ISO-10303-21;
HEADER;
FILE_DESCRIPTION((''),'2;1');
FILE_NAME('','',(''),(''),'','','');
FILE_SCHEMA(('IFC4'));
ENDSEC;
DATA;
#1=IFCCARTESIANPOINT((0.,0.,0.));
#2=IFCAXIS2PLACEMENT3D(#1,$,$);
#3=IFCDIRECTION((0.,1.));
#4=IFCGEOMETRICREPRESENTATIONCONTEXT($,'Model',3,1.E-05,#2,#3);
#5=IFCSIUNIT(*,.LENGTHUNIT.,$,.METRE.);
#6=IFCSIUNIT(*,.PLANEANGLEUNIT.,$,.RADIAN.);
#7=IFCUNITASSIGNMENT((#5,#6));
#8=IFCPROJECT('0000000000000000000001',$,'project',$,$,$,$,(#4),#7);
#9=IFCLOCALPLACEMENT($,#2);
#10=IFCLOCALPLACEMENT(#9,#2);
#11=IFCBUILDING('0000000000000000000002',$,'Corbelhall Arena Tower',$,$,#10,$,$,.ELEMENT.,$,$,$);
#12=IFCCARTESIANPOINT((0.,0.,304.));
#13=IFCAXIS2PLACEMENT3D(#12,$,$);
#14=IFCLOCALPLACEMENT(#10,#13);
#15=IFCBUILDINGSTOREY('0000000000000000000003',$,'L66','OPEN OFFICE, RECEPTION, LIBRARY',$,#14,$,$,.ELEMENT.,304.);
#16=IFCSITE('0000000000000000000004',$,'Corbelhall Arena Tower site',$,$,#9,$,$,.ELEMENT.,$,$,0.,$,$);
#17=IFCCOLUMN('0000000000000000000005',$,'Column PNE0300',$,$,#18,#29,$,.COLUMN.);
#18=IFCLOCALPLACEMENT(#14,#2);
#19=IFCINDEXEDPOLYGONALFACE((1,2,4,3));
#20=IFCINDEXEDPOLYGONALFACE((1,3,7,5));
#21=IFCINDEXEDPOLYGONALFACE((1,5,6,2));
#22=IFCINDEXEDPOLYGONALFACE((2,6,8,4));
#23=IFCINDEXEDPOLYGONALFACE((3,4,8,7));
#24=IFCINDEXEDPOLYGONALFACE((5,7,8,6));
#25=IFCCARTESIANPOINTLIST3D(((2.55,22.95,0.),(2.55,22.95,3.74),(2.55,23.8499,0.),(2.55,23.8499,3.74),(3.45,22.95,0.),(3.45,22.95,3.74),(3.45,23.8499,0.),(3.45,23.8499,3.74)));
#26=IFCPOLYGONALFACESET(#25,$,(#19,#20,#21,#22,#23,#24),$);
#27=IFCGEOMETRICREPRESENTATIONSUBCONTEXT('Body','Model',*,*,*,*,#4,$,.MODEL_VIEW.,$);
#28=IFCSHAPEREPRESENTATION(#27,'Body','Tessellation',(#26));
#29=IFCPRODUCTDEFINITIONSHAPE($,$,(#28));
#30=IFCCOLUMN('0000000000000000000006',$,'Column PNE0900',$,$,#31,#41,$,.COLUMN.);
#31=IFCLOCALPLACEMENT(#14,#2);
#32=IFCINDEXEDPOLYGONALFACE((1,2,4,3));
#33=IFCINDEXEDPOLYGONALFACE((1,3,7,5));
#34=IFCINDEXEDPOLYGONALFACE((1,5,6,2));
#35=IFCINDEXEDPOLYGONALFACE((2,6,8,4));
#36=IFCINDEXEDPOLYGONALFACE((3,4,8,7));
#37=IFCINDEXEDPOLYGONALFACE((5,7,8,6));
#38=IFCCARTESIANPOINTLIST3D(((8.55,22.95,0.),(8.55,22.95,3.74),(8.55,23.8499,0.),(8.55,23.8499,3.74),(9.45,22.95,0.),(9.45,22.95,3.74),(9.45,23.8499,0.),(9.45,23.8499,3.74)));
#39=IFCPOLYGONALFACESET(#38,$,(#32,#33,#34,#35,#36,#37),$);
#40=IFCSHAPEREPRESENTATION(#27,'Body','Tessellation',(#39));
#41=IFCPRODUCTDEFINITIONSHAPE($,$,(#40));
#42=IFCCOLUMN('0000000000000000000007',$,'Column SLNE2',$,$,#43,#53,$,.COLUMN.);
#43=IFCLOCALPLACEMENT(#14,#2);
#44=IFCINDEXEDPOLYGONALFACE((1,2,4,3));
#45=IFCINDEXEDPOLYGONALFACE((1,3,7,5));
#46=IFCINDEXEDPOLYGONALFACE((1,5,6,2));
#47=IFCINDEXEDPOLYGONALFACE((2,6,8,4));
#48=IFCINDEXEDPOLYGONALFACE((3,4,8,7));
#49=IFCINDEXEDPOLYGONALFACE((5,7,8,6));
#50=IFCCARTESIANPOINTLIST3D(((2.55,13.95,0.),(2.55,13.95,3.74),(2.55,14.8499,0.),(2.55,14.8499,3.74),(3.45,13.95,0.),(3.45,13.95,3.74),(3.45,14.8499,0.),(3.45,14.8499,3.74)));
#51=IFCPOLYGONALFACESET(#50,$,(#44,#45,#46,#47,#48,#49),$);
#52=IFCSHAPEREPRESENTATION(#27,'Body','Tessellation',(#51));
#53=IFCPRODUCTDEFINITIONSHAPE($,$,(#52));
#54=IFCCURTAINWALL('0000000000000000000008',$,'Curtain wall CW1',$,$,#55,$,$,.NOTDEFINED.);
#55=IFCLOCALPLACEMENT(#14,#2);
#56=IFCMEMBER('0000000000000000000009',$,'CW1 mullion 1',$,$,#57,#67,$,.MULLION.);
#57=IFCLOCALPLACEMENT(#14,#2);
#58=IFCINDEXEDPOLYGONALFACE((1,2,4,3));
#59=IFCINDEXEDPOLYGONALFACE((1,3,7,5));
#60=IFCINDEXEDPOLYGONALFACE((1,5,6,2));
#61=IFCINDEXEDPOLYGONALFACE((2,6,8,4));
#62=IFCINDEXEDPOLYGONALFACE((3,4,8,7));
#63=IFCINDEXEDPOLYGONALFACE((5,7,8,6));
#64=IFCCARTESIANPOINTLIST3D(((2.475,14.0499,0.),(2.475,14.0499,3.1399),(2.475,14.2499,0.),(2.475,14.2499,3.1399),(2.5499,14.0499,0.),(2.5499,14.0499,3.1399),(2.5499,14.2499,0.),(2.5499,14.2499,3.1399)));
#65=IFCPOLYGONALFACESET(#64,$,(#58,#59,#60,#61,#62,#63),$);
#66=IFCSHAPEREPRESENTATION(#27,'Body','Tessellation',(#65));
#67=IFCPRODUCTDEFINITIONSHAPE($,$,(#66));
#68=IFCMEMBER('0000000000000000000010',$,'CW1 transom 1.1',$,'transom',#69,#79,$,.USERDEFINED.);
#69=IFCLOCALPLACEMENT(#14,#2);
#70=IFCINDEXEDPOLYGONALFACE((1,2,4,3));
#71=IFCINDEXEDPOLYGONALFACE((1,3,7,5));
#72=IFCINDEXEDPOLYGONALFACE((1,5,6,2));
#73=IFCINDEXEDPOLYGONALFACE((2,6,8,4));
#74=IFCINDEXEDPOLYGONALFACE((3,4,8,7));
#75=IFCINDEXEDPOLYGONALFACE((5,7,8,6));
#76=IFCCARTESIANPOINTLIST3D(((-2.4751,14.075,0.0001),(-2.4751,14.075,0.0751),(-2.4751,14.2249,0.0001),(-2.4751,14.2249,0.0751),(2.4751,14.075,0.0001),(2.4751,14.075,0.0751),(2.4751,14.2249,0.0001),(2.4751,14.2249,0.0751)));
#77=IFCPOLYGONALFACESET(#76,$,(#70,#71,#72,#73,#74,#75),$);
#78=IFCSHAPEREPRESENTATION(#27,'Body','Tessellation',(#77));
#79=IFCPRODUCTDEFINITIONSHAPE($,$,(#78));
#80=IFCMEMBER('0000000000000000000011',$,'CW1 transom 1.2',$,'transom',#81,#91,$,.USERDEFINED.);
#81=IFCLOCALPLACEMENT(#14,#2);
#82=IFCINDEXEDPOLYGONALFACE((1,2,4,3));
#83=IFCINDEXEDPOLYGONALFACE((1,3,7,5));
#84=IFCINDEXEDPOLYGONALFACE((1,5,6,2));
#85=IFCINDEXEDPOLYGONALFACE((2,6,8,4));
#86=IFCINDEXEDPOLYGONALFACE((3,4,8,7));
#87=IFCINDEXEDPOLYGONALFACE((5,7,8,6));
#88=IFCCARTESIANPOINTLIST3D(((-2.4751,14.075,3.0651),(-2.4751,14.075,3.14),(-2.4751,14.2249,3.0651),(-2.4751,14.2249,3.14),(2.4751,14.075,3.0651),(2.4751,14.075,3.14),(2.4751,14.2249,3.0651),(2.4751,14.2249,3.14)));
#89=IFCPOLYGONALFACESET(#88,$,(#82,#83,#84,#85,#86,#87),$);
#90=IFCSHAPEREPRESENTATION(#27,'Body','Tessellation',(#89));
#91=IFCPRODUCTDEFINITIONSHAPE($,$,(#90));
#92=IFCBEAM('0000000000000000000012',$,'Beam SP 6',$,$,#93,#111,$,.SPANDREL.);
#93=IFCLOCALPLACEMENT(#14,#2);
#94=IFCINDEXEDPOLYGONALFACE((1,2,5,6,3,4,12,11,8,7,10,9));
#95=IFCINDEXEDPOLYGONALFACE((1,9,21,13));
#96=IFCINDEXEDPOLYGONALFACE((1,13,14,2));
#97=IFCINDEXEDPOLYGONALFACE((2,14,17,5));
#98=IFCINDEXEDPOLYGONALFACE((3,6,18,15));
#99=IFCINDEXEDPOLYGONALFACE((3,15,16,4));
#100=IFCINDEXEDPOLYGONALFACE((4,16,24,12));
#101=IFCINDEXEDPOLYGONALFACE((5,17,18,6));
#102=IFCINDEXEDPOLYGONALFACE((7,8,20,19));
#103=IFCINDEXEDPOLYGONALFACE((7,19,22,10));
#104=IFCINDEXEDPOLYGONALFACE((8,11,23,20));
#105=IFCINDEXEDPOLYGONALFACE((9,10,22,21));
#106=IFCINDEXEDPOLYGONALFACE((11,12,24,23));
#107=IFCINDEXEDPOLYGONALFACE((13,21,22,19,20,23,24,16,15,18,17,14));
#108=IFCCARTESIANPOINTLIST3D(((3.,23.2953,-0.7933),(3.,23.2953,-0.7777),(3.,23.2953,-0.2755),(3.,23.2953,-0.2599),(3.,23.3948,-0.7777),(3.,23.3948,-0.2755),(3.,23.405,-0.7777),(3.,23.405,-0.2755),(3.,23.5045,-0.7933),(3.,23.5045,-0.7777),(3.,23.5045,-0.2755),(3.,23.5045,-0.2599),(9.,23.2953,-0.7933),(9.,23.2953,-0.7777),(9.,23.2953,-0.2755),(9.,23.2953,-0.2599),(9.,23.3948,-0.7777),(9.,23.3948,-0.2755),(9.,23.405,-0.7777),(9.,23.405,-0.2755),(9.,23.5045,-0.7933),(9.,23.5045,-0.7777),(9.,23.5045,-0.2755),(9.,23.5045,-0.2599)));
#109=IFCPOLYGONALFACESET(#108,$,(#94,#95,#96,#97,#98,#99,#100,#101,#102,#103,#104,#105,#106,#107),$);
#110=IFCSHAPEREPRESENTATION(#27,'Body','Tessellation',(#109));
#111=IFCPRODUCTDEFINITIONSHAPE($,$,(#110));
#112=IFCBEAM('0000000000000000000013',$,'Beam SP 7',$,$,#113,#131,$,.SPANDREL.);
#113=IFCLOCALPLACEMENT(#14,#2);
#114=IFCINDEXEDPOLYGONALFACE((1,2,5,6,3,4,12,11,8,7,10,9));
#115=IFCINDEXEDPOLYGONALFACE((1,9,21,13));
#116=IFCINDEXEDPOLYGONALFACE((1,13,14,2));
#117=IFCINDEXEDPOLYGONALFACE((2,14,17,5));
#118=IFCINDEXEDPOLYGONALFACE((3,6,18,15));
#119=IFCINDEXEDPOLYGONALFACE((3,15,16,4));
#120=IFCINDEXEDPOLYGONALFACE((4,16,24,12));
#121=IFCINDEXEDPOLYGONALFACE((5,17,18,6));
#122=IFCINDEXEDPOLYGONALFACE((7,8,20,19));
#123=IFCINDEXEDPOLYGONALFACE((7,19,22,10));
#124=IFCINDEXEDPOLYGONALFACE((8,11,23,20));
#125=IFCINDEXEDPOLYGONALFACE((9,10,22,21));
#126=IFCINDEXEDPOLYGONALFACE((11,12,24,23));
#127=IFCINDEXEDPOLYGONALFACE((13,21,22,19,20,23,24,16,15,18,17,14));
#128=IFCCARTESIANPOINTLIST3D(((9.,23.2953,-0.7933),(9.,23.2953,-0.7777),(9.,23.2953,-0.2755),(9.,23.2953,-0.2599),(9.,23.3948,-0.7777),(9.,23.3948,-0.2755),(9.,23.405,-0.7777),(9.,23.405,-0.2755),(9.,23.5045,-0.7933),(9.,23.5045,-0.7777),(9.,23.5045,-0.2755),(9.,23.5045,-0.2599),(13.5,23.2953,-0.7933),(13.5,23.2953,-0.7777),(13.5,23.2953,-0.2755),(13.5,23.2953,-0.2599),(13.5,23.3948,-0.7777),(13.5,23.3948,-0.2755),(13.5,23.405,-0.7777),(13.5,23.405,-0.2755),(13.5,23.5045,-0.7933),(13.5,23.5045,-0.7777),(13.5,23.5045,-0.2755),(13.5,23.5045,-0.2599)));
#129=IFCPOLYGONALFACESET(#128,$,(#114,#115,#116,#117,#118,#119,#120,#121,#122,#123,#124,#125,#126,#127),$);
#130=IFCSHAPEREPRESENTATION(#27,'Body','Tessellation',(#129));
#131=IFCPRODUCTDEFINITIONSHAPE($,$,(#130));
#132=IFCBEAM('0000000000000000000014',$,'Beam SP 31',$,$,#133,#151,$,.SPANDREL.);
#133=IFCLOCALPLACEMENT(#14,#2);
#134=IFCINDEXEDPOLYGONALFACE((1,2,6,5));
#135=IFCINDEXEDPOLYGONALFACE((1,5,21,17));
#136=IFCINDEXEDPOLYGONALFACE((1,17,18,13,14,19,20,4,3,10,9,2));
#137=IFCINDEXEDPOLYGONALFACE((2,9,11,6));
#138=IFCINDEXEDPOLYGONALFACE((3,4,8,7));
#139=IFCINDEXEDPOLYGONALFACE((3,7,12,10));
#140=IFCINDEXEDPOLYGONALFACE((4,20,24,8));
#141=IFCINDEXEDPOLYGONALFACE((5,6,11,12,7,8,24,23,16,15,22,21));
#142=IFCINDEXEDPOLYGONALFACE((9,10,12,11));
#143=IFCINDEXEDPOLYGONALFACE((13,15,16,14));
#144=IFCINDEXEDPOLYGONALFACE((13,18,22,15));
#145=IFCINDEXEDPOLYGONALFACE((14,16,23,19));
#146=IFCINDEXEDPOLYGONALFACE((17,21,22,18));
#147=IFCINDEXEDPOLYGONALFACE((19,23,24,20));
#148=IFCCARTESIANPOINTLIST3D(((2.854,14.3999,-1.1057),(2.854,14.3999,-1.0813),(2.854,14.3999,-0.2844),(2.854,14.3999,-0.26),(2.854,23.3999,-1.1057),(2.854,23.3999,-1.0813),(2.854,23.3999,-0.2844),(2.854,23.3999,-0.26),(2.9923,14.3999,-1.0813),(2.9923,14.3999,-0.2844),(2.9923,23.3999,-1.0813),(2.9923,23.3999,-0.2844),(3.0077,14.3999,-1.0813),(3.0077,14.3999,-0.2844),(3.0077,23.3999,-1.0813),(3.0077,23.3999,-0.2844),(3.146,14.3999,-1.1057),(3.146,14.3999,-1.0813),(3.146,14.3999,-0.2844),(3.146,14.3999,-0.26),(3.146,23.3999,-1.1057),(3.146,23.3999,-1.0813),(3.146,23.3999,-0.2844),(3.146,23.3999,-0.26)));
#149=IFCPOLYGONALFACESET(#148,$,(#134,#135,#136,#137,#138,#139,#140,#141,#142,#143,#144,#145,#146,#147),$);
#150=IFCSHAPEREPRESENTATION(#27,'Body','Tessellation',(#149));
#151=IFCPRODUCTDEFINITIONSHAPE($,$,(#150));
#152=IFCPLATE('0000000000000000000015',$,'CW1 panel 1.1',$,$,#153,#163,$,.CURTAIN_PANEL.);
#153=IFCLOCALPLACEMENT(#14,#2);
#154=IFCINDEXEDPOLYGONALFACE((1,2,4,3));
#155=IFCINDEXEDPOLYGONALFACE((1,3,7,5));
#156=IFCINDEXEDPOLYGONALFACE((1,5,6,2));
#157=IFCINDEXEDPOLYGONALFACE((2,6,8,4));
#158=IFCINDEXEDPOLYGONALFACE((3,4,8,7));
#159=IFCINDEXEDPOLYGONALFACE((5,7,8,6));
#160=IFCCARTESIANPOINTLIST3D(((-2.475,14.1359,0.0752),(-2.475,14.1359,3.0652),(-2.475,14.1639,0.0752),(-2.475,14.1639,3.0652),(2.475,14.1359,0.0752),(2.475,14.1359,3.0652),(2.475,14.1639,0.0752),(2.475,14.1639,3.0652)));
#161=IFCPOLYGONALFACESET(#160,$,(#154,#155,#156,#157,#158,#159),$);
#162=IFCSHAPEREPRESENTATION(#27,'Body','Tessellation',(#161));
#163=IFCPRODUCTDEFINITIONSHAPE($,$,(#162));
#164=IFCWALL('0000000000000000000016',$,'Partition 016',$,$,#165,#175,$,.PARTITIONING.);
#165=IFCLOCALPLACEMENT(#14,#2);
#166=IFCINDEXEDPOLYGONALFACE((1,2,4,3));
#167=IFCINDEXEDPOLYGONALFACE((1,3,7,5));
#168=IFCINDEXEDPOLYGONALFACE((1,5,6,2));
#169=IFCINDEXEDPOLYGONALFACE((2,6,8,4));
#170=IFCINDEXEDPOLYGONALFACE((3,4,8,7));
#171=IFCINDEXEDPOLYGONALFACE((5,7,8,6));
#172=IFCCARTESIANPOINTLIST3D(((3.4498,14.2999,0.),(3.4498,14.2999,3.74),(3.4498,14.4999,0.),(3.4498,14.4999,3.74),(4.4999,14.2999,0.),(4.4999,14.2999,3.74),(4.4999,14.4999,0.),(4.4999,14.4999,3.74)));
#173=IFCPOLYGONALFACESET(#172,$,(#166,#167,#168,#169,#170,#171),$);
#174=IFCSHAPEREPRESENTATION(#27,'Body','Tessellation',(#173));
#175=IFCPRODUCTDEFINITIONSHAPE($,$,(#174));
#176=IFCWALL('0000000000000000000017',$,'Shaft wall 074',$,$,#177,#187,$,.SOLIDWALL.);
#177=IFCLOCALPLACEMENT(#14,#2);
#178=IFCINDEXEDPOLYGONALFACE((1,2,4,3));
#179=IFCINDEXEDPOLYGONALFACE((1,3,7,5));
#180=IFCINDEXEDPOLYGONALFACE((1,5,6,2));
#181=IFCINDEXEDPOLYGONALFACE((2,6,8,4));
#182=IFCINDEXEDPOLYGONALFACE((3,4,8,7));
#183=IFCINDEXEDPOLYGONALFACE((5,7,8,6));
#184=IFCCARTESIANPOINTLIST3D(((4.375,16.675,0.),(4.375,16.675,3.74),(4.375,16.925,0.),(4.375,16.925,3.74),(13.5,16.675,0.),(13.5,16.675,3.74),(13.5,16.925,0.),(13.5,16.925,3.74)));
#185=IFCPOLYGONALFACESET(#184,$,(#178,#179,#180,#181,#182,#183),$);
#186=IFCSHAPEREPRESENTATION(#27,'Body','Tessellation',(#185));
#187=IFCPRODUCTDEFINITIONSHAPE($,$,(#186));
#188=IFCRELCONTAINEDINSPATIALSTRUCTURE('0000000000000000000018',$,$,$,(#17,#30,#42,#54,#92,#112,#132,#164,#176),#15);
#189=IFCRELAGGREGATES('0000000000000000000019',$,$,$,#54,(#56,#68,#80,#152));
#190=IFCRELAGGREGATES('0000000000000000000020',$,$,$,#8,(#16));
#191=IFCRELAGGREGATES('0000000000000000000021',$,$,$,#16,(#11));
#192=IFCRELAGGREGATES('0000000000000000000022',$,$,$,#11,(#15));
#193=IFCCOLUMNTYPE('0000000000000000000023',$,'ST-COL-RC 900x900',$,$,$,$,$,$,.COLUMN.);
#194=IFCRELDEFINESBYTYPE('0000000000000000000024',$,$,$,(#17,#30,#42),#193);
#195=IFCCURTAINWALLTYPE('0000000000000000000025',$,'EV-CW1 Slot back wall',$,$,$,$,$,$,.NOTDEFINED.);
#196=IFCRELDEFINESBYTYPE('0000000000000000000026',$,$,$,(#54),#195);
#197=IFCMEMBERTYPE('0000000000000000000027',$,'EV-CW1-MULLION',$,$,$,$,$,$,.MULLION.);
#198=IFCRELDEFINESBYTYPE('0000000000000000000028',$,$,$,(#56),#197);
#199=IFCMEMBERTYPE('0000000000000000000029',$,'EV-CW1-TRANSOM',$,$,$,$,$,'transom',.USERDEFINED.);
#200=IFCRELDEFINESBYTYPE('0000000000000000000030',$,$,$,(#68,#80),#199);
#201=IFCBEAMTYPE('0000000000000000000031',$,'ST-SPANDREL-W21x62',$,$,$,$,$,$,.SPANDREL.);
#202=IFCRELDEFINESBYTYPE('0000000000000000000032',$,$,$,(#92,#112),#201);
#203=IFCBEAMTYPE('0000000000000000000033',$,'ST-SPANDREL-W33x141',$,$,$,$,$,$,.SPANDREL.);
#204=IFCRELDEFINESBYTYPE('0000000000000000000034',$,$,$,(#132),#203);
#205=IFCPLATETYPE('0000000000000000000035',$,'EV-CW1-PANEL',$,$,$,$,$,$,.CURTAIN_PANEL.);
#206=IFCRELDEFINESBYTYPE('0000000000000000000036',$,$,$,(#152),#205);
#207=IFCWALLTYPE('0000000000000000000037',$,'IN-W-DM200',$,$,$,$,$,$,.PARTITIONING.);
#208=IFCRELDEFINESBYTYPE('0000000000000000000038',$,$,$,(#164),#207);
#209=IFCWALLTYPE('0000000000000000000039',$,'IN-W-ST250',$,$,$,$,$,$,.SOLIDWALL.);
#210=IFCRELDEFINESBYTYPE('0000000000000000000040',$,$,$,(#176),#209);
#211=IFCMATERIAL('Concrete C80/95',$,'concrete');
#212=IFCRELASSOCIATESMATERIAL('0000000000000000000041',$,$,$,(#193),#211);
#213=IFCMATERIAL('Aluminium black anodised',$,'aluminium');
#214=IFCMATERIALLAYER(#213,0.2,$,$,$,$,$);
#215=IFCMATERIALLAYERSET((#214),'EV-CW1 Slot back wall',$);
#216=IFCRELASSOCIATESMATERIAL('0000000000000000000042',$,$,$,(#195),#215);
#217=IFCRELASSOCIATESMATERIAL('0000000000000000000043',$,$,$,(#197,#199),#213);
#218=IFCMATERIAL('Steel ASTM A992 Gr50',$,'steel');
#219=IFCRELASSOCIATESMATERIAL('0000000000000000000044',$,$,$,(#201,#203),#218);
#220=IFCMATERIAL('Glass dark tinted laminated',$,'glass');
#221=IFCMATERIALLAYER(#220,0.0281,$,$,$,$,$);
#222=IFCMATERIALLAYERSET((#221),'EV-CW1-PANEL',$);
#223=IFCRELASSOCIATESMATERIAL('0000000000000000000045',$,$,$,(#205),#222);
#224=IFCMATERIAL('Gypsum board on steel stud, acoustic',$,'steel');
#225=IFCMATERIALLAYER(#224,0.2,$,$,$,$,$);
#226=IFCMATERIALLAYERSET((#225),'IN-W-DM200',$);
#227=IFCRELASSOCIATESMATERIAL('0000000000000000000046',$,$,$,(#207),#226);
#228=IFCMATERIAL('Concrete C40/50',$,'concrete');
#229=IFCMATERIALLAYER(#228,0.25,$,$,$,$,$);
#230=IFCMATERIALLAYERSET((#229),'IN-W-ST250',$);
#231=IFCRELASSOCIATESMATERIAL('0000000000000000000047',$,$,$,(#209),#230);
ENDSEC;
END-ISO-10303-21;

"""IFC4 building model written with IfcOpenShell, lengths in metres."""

from ifc_helpers import new_model, si_unit, direction, frame, frame_2d, origin, origin_2d, place, context, subcontext, project, spatial, rectangle, i_section, extrude, material, layer, layer_set, material_profile, profile_set, type_object, element, aggregate, save


model = new_model("IFC4")

# Units and contexts
model_context = context("Model", 3, precision=1e-05, world=origin(), true_north=direction((0.0, 1.0)))
body_context = subcontext(model_context, "Body", "Model", "MODEL_VIEW")
ifc_project = project(units=[si_unit("LENGTHUNIT", "METRE"), si_unit("PLANEANGLEUNIT", "RADIAN")], contexts=[model_context])

# Site, building, storey
site_placement = place(None, origin())
site = spatial("IfcSite", under=ifc_project, at=site_placement, Name="Corbelhall Arena Tower site", CompositionType="ELEMENT", RefElevation=0.0)
building_placement = place(site_placement, origin())
building = spatial("IfcBuilding", under=site, at=building_placement, Name="Corbelhall Arena Tower", CompositionType="ELEMENT")
storey_placement = place(building_placement, frame((0.0, 0.0, 304.0)))
storey = spatial("IfcBuildingStorey", under=building, at=storey_placement, Name="L66", Description="OPEN OFFICE, RECEPTION, LIBRARY", CompositionType="ELEMENT", Elevation=304.0)

# Columns
ifc_material_1 = material(Name="Concrete C80/95", Category="concrete")
ifc_material_profile_1 = material_profile(ifc_material_1, rectangle(XDim=0.8999, YDim=0.8999, at=origin_2d()))
ifc_profile_set_1 = profile_set([ifc_material_profile_1], Name="Concrete C80/95")
column_type = type_object("IfcColumnType", Name="ST-COL-RC 900x900", PredefinedType="COLUMN", material=ifc_profile_set_1)
for number, where, z_axis, x_axis, name in (
    (1, (3.0, 23.3999, 0.0), (0.0, 0.0, 1.0), (1.0, 0.0, 0.0), "Column PNE0300"),
    (2, (9.0, 23.3999, 0.0), (0.0, 0.0, 1.0), (1.0, 0.0, 0.0), "Column PNE0900"),
    (3, (3.0, 14.3999, 0.0), (0.0, 0.0, 1.0), (1.0, 0.0, 0.0), "Column SLNE2"),
):
    element("IfcColumn", number, at=place(storey_placement, frame(where, z_axis=z_axis, x_axis=x_axis)), inside=storey, type_object=column_type, Name=name, PredefinedType="COLUMN", context=body_context, shape_type="SweptSolid", body=[
        extrude(rectangle(XDim=0.8999, YDim=0.8999, at=origin_2d()), origin(), (0.0, 0.0, 1.0), 3.74),
    ])

# Curtain wall, members
ifc_material_2 = material(Name="Aluminium black anodised", Category="aluminium")
ifc_layer_1 = layer(ifc_material_2, 0.2)
ifc_layer_set_1 = layer_set([ifc_layer_1], Name="EV-CW1 Slot back wall")
curtain_wall_type = type_object("IfcCurtainWallType", Name="EV-CW1 Slot back wall", PredefinedType="NOTDEFINED", material=ifc_layer_set_1)
curtain_wall_placement = place(storey_placement, origin())
curtain_wall = element("IfcCurtainWall", 4, at=curtain_wall_placement, inside=storey, type_object=curtain_wall_type, Name="Curtain wall CW1", PredefinedType="NOTDEFINED")
ifc_material_profile_2 = material_profile(ifc_material_2, rectangle(XDim=0.2, YDim=0.075, at=origin_2d()))
ifc_profile_set_2 = profile_set([ifc_material_profile_2], Name="Aluminium black anodised")
member_type_1 = type_object("IfcMemberType", Name="EV-CW1-MULLION", PredefinedType="MULLION", material=ifc_profile_set_2)
member_1_placement = place(storey_placement, frame((2.5125, 14.1499, 0.0), z_axis=(0.0, 0.0, 1.0), x_axis=(0.0, -1.0, 0.0)))
member_1 = element("IfcMember", 5, at=member_1_placement, type_object=member_type_1, Name="CW1 mullion 1", PredefinedType="MULLION", context=body_context, shape_type="SweptSolid", body=[
    extrude(rectangle(XDim=0.2, YDim=0.075, at=origin_2d()), origin(), (0.0, 0.0, 1.0), 3.1399),
])
ifc_material_profile_3 = material_profile(ifc_material_2, rectangle(XDim=0.1499, YDim=0.075, at=origin_2d()))
ifc_profile_set_3 = profile_set([ifc_material_profile_3], Name="Aluminium black anodised")
member_type_2 = type_object("IfcMemberType", Name="EV-CW1-TRANSOM", ElementType="transom", PredefinedType="USERDEFINED", material=ifc_profile_set_3)
member_2_placement = place(storey_placement, frame((2.4751, 14.1499, 0.0376), z_axis=(-1.0, 0.0, 0.0), x_axis=(0.0, -1.0, 0.0)))
member_2 = element("IfcMember", 6, at=member_2_placement, type_object=member_type_2, Name="CW1 transom 1.1", ObjectType="transom", PredefinedType="USERDEFINED", context=body_context, shape_type="SweptSolid", body=[
    extrude(rectangle(XDim=0.1499, YDim=0.075, at=origin_2d()), origin(), (0.0, 0.0, 1.0), 4.9502),
])
member_3_placement = place(storey_placement, frame((2.4751, 14.1499, 3.1025), z_axis=(-1.0, 0.0, 0.0), x_axis=(0.0, -1.0, 0.0)))
member_3 = element("IfcMember", 7, at=member_3_placement, type_object=member_type_2, Name="CW1 transom 1.2", ObjectType="transom", PredefinedType="USERDEFINED", context=body_context, shape_type="SweptSolid", body=[
    extrude(rectangle(XDim=0.1499, YDim=0.075, at=origin_2d()), origin(), (0.0, 0.0, 1.0), 4.9502),
])

# Beams
ifc_material_3 = material(Name="Steel ASTM A992 Gr50", Category="steel")
ifc_material_profile_4 = material_profile(ifc_material_3, i_section(OverallWidth=0.2092, OverallDepth=0.5334, WebThickness=0.0103, FlangeThickness=0.0156, at=origin_2d()))
ifc_profile_set_4 = profile_set([ifc_material_profile_4], Name="Steel ASTM A992 Gr50")
beam_type_1 = type_object("IfcBeamType", Name="ST-SPANDREL-W21x62", PredefinedType="SPANDREL", material=ifc_profile_set_4)
beam_1_placement = place(storey_placement, frame((3.0, 23.3999, -0.5266), z_axis=(1.0, 0.0, 0.0), x_axis=(0.0, 1.0, 0.0)))
element("IfcBeam", 8, at=beam_1_placement, inside=storey, type_object=beam_type_1, Name="Beam SP 6", PredefinedType="SPANDREL", context=body_context, shape_type="SweptSolid", body=[
    extrude(i_section(OverallWidth=0.2092, OverallDepth=0.5334, WebThickness=0.0103, FlangeThickness=0.0156, at=origin_2d()), origin(), (0.0, 0.0, 1.0), 6.0),
])
beam_2_placement = place(storey_placement, frame((9.0, 23.3999, -0.5266), z_axis=(1.0, 0.0, 0.0), x_axis=(0.0, 1.0, 0.0)))
element("IfcBeam", 9, at=beam_2_placement, inside=storey, type_object=beam_type_1, Name="Beam SP 7", PredefinedType="SPANDREL", context=body_context, shape_type="SweptSolid", body=[
    extrude(i_section(OverallWidth=0.2092, OverallDepth=0.5334, WebThickness=0.0103, FlangeThickness=0.0156, at=origin_2d()), origin(), (0.0, 0.0, 1.0), 4.5),
])
ifc_material_profile_5 = material_profile(ifc_material_3, i_section(OverallWidth=0.292, OverallDepth=0.8457, WebThickness=0.0154, FlangeThickness=0.0244, at=origin_2d()))
ifc_profile_set_5 = profile_set([ifc_material_profile_5], Name="Steel ASTM A992 Gr50")
beam_type_2 = type_object("IfcBeamType", Name="ST-SPANDREL-W33x141", PredefinedType="SPANDREL", material=ifc_profile_set_5)
beam_3_placement = place(storey_placement, frame((3.0, 14.3999, -0.6829), z_axis=(0.0, 1.0, 0.0), x_axis=(-1.0, 0.0, 0.0)))
element("IfcBeam", 10, at=beam_3_placement, inside=storey, type_object=beam_type_2, Name="Beam SP 31", PredefinedType="SPANDREL", context=body_context, shape_type="SweptSolid", body=[
    extrude(i_section(OverallWidth=0.292, OverallDepth=0.8457, WebThickness=0.0154, FlangeThickness=0.0244, at=origin_2d()), origin(), (0.0, 0.0, 1.0), 9.0),
])

# Plate
ifc_material_4 = material(Name="Glass dark tinted laminated", Category="glass")
ifc_layer_2 = layer(ifc_material_4, 0.0281)
ifc_layer_set_2 = layer_set([ifc_layer_2], Name="EV-CW1-PANEL")
plate_type = type_object("IfcPlateType", Name="EV-CW1-PANEL", PredefinedType="CURTAIN_PANEL", material=ifc_layer_set_2)
plate_placement = place(storey_placement, frame((0.0, 14.1499, 0.0752), z_axis=(0.0, 0.0, 1.0), x_axis=(-1.0, 0.0, 0.0)))
plate = element("IfcPlate", 11, at=plate_placement, type_object=plate_type, Name="CW1 panel 1.1", PredefinedType="CURTAIN_PANEL", context=body_context, shape_type="SweptSolid", body=[
    extrude(rectangle(XDim=4.95, YDim=0.0281, at=origin_2d()), origin(), (0.0, 0.0, 1.0), 2.99),
])
aggregate(curtain_wall, [member_1, member_2, member_3, plate])

# Walls
ifc_material_5 = material(Name="Gypsum board on steel stud, acoustic", Category="steel")
ifc_layer_3 = layer(ifc_material_5, 0.2)
ifc_layer_set_3 = layer_set([ifc_layer_3], Name="IN-W-DM200")
wall_type_1 = type_object("IfcWallType", Name="IN-W-DM200", PredefinedType="PARTITIONING", material=ifc_layer_set_3)
wall_1_placement = place(storey_placement, frame((3.45, 14.3999, 0.0), z_axis=(0.0, 0.0, 1.0), x_axis=(1.0, 0.0, 0.0)))
element("IfcWall", 12, at=wall_1_placement, inside=storey, type_object=wall_type_1, Name="Partition 016", PredefinedType="PARTITIONING", context=body_context, shape_type="SweptSolid", body=[
    extrude(rectangle(XDim=1.05, YDim=0.2, at=frame_2d((0.5249, 0.0))), origin(), (0.0, 0.0, 1.0), 3.74),
])
ifc_material_6 = material(Name="Concrete C40/50", Category="concrete")
ifc_layer_4 = layer(ifc_material_6, 0.25)
ifc_layer_set_4 = layer_set([ifc_layer_4], Name="IN-W-ST250")
wall_type_2 = type_object("IfcWallType", Name="IN-W-ST250", PredefinedType="SOLIDWALL", material=ifc_layer_set_4)
wall_2_placement = place(storey_placement, frame((4.375, 16.8, 0.0), z_axis=(0.0, 0.0, 1.0), x_axis=(1.0, 0.0, 0.0)))
element("IfcWall", 13, at=wall_2_placement, inside=storey, type_object=wall_type_2, Name="Shaft wall 074", PredefinedType="SOLIDWALL", context=body_context, shape_type="SweptSolid", body=[
    extrude(rectangle(XDim=9.125, YDim=0.25, at=frame_2d((4.5625, 0.0))), origin(), (0.0, 0.0, 1.0), 3.74),
])

save(model, "model.ifc")
